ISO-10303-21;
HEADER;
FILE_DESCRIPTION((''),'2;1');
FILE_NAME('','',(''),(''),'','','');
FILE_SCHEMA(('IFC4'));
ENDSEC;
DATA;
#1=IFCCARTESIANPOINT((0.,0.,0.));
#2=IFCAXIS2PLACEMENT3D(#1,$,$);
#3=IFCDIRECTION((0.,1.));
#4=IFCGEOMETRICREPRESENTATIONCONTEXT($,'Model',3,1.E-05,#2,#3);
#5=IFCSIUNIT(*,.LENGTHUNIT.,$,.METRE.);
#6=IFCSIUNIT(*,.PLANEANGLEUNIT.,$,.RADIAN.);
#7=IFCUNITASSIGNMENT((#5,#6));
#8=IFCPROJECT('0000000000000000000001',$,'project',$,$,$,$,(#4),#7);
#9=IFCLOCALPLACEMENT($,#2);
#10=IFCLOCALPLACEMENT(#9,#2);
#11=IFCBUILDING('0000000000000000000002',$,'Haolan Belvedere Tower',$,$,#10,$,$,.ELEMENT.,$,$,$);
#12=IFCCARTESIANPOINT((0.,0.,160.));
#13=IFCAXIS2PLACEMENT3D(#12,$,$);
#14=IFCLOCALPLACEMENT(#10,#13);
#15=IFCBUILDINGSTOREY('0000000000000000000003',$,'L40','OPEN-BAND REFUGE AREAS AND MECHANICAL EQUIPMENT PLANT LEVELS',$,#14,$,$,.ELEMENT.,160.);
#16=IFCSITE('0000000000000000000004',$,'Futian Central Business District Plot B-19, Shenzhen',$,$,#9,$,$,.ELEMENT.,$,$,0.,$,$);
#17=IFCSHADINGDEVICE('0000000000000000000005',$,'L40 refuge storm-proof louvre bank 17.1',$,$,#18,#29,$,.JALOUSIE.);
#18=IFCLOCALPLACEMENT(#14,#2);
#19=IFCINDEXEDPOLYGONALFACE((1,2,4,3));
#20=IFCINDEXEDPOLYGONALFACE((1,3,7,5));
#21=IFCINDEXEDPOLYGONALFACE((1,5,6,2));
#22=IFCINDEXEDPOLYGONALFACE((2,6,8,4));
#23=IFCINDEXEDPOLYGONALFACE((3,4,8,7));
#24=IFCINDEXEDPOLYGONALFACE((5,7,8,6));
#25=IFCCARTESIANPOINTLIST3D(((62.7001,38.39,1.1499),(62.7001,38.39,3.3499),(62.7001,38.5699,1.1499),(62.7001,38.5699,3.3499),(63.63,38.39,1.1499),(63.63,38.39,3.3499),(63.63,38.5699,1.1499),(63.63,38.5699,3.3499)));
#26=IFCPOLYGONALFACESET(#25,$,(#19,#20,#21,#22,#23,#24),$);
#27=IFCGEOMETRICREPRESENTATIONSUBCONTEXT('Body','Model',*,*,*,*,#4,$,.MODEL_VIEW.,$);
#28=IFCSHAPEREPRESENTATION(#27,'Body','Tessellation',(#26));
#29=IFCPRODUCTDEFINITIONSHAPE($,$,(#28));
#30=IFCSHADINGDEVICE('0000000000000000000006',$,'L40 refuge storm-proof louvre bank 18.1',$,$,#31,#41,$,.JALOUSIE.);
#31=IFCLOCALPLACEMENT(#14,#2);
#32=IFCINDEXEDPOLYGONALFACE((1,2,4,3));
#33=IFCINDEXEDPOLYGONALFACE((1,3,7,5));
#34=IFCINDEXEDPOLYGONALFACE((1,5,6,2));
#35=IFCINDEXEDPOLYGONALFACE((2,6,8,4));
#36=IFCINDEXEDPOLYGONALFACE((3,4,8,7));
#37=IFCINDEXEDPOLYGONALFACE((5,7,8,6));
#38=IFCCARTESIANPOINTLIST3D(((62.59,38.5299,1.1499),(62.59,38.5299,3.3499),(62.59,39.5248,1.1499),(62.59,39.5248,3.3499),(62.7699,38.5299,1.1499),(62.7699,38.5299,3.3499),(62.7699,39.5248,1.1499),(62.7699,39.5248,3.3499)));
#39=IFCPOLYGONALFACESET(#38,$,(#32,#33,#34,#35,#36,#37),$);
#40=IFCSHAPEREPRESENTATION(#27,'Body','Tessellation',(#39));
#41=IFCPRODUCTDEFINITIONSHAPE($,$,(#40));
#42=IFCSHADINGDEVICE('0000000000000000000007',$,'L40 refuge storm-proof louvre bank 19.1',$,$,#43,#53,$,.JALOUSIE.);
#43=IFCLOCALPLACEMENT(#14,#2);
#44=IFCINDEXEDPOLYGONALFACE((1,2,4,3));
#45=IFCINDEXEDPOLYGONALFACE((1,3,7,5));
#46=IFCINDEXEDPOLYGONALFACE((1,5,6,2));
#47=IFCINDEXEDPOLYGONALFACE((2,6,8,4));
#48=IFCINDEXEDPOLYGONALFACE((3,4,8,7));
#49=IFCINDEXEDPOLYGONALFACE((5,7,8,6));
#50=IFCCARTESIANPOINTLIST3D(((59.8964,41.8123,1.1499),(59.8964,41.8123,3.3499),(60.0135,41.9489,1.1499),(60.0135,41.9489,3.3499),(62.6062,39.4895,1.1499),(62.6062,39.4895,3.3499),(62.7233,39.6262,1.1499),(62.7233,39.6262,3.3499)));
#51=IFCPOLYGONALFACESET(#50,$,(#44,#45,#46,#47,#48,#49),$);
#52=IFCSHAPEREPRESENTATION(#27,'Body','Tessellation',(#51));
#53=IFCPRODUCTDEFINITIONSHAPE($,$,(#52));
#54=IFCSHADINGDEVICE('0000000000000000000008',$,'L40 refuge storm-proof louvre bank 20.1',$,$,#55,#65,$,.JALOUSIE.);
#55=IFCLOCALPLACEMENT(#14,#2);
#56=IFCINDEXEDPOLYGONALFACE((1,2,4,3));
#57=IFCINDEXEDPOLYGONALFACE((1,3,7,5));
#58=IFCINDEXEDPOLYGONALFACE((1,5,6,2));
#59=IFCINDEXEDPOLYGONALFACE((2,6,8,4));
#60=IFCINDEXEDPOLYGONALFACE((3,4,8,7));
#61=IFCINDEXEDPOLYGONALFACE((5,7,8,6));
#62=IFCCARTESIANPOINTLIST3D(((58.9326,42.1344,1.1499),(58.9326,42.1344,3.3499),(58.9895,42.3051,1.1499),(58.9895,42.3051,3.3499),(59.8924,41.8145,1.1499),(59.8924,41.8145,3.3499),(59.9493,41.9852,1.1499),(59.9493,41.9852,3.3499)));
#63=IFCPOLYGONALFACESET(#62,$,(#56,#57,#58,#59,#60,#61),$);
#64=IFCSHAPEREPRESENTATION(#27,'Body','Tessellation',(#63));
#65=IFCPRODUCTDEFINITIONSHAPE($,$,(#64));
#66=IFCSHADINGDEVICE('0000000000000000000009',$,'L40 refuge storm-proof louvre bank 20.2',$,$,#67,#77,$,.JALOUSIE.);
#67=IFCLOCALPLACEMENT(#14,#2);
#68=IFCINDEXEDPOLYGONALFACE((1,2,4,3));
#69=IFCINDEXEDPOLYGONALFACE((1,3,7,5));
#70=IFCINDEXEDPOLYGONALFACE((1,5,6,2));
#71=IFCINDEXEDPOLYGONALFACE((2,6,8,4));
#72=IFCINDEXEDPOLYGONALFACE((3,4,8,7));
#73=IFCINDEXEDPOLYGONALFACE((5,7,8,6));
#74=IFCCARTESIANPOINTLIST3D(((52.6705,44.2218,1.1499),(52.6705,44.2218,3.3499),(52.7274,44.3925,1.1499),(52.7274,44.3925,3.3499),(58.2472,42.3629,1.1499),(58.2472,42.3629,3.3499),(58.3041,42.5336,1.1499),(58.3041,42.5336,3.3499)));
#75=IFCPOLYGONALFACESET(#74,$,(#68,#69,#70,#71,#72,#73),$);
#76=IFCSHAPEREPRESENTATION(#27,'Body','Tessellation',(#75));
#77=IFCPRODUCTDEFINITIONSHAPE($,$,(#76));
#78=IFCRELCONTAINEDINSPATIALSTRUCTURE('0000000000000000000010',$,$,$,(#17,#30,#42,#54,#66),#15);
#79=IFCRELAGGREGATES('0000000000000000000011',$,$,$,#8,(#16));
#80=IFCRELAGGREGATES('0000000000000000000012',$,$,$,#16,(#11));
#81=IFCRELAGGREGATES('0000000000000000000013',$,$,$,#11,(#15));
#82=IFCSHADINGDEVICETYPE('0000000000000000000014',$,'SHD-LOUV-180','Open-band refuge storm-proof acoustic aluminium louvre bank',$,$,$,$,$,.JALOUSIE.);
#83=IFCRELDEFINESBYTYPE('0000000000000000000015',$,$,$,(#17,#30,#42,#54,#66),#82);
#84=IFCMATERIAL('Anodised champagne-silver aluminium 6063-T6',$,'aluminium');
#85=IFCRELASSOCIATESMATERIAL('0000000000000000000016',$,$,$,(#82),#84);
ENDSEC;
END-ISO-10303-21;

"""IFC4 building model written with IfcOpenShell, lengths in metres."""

from ifc_helpers import new_model, si_unit, direction, frame, origin, origin_2d, place, context, subcontext, project, spatial, rectangle, extrude, material, type_object, element, save


model = new_model("IFC4")

# Units and contexts
model_context = context("Model", 3, precision=1e-05, world=origin(), true_north=direction((0.0, 1.0)))
body_context = subcontext(model_context, "Body", "Model", "MODEL_VIEW")
ifc_project = project(units=[si_unit("LENGTHUNIT", "METRE"), si_unit("PLANEANGLEUNIT", "RADIAN")], contexts=[model_context])

# Site, building, storey
site_placement = place(None, origin())
site = spatial("IfcSite", under=ifc_project, at=site_placement, Name="Futian Central Business District Plot B-19, Shenzhen", CompositionType="ELEMENT", RefElevation=0.0)
building_placement = place(site_placement, origin())
building = spatial("IfcBuilding", under=site, at=building_placement, Name="Haolan Belvedere Tower", CompositionType="ELEMENT")
storey_placement = place(building_placement, frame((0.0, 0.0, 160.0)))
storey = spatial("IfcBuildingStorey", under=building, at=storey_placement, Name="L40", Description="OPEN-BAND REFUGE AREAS AND MECHANICAL EQUIPMENT PLANT LEVELS", CompositionType="ELEMENT", Elevation=160.0)

# Shading devices
ifc_material_1 = material(Name="Anodised champagne-silver aluminium 6063-T6", Category="aluminium")
shading_device_type = type_object("IfcShadingDeviceType", Name="SHD-LOUV-180", Description="Open-band refuge storm-proof acoustic aluminium louvre bank", PredefinedType="JALOUSIE", material=ifc_material_1)
for number, where, z_axis, x_axis, name in (
    (1, (63.165, 38.48, 1.1499), (0.0, 0.0, 1.0), (-1.0, 0.0, 0.0), "L40 refuge storm-proof louvre bank 17.1"),
):
    element("IfcShadingDevice", number, at=place(storey_placement, frame(where, z_axis=z_axis, x_axis=x_axis)), inside=storey, type_object=shading_device_type, Name=name, PredefinedType="JALOUSIE", context=body_context, shape_type="SweptSolid", body=[
        extrude(rectangle(XDim=0.9299, YDim=0.1799, at=origin_2d()), origin(), (0.0, 0.0, 1.0), 2.2),
    ])
shading_device_1_placement = place(storey_placement, frame((62.6799, 39.0273, 1.1499), z_axis=(0.0, 0.0, 1.0), x_axis=(0.0, 1.0, 0.0)))
element("IfcShadingDevice", 2, at=shading_device_1_placement, inside=storey, type_object=shading_device_type, Name="L40 refuge storm-proof louvre bank 18.1", PredefinedType="JALOUSIE", context=body_context, shape_type="SweptSolid", body=[
    extrude(rectangle(XDim=0.9949, YDim=0.1799, at=origin_2d()), origin(), (0.0, 0.0, 1.0), 2.2),
])
shading_device_2_placement = place(storey_placement, frame((61.3098, 40.7192, 1.1499), z_axis=(0.0, 0.0, 1.0), x_axis=(-0.759249, 0.650801, 0.0)))
element("IfcShadingDevice", 3, at=shading_device_2_placement, inside=storey, type_object=shading_device_type, Name="L40 refuge storm-proof louvre bank 19.1", PredefinedType="JALOUSIE", context=body_context, shape_type="SweptSolid", body=[
    extrude(rectangle(XDim=3.5691, YDim=0.1799, at=origin_2d()), origin(), (0.0, 0.0, 1.0), 2.2),
])
shading_device_3_placement = place(storey_placement, frame((59.4409, 42.0598, 1.1499), z_axis=(0.0, 0.0, 1.0), x_axis=(-0.948683, 0.316229, 0.0)))
element("IfcShadingDevice", 4, at=shading_device_3_placement, inside=storey, type_object=shading_device_type, Name="L40 refuge storm-proof louvre bank 20.1", PredefinedType="JALOUSIE", context=body_context, shape_type="SweptSolid", body=[
    extrude(rectangle(XDim=1.0117, YDim=0.1799, at=origin_2d()), origin(), (0.0, 0.0, 1.0), 2.2),
])
shading_device_4_placement = place(storey_placement, frame((55.4873, 43.3777, 1.1499), z_axis=(0.0, 0.0, 1.0), x_axis=(-0.948683, 0.316229, 0.0)))
element("IfcShadingDevice", 5, at=shading_device_4_placement, inside=storey, type_object=shading_device_type, Name="L40 refuge storm-proof louvre bank 20.2", PredefinedType="JALOUSIE", context=body_context, shape_type="SweptSolid", body=[
    extrude(rectangle(XDim=5.8784, YDim=0.1799, at=origin_2d()), origin(), (0.0, 0.0, 1.0), 2.2),
])

save(model, "model.ifc")
